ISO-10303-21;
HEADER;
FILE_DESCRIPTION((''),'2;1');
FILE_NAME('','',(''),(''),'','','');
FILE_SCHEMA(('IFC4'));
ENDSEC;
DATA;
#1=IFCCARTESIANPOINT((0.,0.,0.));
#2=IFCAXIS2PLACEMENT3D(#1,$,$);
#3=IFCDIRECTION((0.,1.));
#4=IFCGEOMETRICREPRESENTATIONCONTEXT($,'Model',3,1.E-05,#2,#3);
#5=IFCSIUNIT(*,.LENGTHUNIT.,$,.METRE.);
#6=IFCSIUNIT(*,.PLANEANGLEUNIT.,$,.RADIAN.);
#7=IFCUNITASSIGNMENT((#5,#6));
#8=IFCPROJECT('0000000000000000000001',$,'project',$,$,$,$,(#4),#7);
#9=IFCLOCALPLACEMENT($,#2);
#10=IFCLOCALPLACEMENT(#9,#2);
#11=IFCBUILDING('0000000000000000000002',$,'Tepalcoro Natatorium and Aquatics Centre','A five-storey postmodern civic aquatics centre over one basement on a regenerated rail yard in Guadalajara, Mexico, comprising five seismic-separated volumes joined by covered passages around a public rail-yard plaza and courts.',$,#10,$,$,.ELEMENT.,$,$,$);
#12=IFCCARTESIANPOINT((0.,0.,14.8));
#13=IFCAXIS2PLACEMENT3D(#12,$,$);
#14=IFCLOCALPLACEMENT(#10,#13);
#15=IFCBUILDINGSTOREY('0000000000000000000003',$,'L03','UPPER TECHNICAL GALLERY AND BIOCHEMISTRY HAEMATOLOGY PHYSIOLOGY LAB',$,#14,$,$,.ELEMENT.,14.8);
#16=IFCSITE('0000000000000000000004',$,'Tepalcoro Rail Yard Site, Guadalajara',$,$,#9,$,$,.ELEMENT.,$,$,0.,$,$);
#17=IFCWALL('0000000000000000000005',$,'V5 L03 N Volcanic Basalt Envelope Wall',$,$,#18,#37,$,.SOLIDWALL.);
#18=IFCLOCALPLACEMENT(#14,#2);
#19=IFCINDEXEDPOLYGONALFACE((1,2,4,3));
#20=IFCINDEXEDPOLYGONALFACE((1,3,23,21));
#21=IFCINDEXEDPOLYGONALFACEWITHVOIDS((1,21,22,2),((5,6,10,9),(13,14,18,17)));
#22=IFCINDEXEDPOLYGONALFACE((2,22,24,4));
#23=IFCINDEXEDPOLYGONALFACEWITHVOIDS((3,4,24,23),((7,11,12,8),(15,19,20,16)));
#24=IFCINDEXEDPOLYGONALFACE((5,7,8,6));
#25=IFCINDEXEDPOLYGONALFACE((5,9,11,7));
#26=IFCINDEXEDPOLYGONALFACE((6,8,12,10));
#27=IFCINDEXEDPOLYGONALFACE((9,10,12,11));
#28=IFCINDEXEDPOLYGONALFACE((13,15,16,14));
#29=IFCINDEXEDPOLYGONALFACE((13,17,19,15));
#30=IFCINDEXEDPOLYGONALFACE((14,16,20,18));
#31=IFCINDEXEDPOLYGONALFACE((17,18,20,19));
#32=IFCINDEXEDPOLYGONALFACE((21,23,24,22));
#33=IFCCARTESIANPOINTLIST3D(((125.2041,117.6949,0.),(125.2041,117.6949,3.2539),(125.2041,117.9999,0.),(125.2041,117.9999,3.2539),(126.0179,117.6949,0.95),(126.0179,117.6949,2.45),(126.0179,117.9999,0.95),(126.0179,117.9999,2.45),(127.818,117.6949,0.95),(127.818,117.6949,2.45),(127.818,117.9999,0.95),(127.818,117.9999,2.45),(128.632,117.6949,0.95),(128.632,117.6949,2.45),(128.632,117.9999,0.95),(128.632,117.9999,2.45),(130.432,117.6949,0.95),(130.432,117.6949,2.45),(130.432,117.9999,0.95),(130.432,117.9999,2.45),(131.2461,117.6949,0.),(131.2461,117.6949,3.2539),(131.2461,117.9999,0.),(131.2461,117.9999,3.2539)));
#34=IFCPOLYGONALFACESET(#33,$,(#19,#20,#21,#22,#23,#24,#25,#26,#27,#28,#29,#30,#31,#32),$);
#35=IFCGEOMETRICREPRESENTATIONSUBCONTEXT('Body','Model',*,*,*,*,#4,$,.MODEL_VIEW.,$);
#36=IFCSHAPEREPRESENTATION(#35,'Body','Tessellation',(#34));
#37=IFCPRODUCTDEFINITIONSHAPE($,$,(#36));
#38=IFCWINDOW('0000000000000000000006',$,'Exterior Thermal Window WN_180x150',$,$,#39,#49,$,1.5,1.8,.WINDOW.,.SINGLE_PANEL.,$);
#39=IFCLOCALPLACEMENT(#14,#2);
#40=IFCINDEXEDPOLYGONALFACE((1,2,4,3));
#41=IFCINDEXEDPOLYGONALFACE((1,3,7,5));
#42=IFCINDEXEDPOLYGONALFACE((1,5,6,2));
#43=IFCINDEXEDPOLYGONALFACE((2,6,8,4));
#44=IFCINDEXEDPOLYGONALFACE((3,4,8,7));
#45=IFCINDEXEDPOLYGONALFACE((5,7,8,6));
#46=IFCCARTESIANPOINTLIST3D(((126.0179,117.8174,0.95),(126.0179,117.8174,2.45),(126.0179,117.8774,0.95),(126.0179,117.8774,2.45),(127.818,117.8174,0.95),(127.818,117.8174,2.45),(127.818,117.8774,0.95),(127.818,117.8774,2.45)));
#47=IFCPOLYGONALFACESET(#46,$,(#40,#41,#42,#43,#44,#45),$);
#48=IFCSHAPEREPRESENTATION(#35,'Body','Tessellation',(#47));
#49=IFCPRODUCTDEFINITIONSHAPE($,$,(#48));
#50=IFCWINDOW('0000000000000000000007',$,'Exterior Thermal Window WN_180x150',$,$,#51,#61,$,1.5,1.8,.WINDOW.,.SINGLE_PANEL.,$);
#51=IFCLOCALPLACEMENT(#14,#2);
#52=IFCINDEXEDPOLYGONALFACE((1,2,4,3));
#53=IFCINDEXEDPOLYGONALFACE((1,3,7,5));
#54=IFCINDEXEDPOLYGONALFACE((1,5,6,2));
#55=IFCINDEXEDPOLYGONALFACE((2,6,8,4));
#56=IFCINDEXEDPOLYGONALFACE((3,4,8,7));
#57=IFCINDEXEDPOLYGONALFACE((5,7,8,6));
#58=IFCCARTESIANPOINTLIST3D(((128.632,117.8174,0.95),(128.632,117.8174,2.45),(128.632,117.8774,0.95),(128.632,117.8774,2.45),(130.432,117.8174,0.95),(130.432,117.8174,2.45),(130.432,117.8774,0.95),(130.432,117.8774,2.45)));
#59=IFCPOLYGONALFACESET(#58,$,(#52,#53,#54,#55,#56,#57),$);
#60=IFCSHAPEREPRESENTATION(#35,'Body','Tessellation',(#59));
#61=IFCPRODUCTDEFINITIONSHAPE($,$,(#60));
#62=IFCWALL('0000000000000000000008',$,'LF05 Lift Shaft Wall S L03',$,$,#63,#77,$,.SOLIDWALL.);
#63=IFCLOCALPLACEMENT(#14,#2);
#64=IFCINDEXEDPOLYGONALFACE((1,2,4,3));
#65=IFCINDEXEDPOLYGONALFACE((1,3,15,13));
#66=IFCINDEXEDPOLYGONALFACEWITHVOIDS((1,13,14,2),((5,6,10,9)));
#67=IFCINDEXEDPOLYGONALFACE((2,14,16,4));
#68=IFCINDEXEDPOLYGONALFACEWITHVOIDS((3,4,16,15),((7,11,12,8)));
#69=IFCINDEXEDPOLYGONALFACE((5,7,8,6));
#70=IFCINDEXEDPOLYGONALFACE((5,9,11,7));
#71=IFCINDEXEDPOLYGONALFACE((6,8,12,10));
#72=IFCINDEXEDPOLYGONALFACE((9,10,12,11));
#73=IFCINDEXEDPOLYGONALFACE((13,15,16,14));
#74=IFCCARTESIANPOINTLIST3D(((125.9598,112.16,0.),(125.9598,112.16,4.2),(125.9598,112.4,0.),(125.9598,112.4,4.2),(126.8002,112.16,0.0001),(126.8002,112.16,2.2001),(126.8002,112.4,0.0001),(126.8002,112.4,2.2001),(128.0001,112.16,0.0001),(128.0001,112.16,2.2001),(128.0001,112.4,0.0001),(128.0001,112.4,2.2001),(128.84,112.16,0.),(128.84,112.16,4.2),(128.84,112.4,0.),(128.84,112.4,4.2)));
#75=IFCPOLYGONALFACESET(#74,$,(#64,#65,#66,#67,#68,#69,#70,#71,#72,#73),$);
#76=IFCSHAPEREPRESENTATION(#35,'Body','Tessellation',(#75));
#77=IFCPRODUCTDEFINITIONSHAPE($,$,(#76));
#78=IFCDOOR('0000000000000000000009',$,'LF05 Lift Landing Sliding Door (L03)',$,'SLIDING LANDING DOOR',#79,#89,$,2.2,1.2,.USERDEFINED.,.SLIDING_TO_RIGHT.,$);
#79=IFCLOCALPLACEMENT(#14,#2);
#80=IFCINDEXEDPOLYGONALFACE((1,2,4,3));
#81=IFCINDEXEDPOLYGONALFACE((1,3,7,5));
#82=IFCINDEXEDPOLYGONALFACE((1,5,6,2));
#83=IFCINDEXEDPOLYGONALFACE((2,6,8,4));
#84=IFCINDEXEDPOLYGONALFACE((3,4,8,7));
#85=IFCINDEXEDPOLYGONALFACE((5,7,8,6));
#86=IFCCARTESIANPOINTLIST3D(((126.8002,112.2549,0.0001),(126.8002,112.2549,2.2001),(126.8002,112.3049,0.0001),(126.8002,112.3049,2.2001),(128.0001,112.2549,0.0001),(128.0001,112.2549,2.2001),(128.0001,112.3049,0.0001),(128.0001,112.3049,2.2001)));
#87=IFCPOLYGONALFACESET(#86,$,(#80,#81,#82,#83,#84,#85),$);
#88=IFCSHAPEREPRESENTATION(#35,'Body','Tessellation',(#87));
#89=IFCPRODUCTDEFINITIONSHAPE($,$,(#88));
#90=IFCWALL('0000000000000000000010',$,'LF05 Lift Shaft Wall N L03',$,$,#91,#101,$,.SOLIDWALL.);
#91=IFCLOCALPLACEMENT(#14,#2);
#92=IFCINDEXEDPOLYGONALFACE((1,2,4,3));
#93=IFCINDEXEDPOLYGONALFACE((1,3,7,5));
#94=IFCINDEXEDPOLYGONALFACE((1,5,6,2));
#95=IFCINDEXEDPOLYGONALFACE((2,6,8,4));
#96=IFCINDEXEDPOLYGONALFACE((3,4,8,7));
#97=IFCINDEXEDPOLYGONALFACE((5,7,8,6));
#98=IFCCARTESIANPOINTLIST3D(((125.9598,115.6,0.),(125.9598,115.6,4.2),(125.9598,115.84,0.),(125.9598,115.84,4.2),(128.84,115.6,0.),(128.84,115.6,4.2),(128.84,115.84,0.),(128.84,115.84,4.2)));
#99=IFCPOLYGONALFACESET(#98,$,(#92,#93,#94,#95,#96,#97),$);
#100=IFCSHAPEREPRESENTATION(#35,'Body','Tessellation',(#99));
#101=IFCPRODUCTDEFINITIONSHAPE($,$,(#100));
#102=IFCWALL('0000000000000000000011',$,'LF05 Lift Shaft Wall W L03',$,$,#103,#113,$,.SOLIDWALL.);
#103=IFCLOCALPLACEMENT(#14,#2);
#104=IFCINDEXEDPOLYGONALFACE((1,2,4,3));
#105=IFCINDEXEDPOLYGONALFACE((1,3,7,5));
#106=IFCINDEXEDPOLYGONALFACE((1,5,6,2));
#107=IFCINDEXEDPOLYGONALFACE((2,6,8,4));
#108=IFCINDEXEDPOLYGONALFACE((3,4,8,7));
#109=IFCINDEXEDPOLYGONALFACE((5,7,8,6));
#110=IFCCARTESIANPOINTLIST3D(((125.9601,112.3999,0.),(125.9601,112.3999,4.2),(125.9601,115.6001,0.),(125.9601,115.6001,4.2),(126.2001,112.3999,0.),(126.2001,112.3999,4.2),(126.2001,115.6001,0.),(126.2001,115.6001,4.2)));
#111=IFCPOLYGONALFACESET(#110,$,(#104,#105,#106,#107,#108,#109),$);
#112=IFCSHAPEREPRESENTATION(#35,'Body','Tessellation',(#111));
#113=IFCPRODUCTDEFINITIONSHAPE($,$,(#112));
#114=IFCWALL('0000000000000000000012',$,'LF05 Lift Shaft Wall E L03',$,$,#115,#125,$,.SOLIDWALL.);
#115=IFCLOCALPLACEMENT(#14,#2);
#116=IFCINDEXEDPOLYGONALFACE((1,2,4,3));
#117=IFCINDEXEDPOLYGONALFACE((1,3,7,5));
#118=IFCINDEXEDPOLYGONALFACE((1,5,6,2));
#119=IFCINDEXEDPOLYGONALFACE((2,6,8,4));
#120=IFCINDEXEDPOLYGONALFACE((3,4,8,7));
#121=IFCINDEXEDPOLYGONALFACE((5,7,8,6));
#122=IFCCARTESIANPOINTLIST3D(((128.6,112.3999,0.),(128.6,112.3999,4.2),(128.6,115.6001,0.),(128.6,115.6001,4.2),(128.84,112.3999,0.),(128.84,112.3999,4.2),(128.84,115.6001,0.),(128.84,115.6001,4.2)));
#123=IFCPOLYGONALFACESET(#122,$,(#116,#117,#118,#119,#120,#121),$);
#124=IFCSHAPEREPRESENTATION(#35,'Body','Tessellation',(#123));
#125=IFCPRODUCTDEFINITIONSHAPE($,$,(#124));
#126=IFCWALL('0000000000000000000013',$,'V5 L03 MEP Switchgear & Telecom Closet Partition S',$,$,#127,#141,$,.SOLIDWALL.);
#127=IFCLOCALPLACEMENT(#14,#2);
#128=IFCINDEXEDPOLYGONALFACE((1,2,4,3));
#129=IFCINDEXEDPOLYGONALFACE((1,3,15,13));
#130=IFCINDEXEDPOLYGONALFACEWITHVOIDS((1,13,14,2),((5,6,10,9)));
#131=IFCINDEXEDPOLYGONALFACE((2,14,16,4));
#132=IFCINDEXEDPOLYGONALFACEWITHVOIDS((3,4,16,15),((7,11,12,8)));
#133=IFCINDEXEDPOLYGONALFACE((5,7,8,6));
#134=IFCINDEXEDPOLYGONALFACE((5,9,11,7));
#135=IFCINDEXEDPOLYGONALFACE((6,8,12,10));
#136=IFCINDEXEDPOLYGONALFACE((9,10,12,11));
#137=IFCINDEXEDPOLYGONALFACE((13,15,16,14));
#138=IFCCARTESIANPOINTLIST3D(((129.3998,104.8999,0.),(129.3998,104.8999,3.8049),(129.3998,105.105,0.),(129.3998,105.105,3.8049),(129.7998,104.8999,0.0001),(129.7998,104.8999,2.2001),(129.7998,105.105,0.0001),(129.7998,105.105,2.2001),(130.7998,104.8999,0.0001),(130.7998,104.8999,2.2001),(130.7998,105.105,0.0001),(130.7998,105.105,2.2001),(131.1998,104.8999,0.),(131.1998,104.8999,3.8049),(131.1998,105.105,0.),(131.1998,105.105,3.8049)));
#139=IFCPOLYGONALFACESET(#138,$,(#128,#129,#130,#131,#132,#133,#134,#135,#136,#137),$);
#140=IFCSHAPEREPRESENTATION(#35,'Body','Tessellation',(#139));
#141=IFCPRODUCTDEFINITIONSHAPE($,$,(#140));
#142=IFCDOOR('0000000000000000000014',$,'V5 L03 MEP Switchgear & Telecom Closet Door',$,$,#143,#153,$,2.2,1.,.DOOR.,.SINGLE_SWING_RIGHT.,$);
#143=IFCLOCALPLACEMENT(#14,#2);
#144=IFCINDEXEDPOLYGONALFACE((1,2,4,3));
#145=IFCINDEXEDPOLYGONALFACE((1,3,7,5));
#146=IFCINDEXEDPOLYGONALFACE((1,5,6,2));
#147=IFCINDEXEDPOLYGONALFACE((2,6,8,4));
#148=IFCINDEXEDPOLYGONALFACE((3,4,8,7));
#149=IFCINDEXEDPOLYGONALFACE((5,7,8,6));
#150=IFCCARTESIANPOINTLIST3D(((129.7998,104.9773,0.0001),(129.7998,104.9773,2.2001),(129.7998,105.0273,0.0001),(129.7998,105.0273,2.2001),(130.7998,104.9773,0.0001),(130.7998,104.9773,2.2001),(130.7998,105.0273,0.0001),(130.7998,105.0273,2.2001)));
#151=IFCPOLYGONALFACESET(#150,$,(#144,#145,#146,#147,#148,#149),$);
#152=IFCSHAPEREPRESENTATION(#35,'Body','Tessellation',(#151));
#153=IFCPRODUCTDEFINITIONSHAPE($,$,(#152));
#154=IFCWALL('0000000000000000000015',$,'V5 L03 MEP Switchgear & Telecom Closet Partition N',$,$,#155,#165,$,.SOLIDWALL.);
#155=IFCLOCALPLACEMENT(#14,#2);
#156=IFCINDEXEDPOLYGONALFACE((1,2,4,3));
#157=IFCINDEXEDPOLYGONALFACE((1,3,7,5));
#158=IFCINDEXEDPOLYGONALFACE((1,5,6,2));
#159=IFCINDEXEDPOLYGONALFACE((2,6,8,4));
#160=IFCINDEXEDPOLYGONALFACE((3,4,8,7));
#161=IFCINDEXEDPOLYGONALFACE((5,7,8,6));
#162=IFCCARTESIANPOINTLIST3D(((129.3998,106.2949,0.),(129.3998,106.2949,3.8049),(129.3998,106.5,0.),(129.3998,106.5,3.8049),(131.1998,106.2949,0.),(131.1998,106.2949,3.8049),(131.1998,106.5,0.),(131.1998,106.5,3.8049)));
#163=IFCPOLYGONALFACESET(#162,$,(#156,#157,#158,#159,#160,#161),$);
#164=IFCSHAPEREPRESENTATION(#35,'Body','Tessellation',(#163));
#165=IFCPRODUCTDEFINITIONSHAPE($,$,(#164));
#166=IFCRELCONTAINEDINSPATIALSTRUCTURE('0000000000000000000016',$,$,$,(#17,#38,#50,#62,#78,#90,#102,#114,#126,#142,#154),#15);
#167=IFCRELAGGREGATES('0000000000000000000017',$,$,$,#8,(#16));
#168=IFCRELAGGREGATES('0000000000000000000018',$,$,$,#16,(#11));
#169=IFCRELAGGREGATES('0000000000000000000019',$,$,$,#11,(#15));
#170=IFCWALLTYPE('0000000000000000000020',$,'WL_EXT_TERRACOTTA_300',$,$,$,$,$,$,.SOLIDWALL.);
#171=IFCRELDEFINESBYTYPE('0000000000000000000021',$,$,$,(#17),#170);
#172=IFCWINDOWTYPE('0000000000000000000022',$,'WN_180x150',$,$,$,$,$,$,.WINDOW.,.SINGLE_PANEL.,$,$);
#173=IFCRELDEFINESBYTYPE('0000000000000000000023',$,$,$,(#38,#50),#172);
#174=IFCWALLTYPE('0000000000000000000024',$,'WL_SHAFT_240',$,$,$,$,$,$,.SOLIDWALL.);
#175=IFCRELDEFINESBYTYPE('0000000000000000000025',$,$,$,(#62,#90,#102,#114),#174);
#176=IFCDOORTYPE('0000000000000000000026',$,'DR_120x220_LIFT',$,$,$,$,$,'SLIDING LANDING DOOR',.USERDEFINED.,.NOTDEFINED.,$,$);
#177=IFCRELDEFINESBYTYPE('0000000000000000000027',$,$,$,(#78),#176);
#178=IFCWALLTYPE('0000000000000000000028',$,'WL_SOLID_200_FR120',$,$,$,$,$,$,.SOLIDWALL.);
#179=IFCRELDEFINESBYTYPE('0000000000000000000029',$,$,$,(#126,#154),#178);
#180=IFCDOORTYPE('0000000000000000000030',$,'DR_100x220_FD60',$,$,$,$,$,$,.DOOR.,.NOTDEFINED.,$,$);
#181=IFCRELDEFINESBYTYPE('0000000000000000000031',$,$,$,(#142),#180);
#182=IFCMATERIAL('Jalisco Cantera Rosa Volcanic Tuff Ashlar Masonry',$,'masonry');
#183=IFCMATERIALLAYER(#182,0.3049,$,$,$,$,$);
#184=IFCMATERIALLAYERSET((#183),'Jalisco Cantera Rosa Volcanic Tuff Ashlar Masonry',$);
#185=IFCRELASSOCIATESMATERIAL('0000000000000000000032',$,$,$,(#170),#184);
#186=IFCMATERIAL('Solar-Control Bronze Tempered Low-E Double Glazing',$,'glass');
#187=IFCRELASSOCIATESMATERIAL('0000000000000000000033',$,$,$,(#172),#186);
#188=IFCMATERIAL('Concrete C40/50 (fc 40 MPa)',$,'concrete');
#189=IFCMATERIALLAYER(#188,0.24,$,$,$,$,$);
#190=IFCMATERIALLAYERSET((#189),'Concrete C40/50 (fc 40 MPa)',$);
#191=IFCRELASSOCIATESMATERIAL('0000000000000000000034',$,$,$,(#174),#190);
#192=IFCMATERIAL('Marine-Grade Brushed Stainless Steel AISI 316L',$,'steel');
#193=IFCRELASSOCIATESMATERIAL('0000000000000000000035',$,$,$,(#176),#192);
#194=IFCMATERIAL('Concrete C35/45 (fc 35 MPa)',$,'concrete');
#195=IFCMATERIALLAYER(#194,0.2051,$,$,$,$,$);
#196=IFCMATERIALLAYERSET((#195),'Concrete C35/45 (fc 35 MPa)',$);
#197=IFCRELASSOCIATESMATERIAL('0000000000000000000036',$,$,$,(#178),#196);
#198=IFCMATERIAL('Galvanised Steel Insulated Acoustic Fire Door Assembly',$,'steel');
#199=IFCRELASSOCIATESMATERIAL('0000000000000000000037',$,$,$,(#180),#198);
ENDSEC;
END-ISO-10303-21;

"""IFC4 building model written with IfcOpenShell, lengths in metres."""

from ifc_helpers import new_model, si_unit, direction, frame, frame_2d, origin, place, context, subcontext, project, spatial, rectangle, extrude, material, layer, layer_set, type_object, element, fill, save


model = new_model("IFC4")

# Units and contexts
model_context = context("Model", 3, precision=1e-05, world=origin(), true_north=direction((0.0, 1.0)))
body_context = subcontext(model_context, "Body", "Model", "MODEL_VIEW")
ifc_project = project(units=[si_unit("LENGTHUNIT", "METRE"), si_unit("PLANEANGLEUNIT", "RADIAN")], contexts=[model_context])

# Site, building, storey
site_placement = place(None, origin())
site = spatial("IfcSite", under=ifc_project, at=site_placement, Name="Tepalcoro Rail Yard Site, Guadalajara", CompositionType="ELEMENT", RefElevation=0.0)
building_placement = place(site_placement, origin())
building = spatial("IfcBuilding", under=site, at=building_placement, Name="Tepalcoro Natatorium and Aquatics Centre", Description="A five-storey postmodern civic aquatics centre over one basement on a regenerated rail yard in Guadalajara, Mexico, comprising five seismic-separated volumes joined by covered passages around a public rail-yard plaza and courts.", CompositionType="ELEMENT")
storey_placement = place(building_placement, frame((0.0, 0.0, 14.8)))
storey = spatial("IfcBuildingStorey", under=building, at=storey_placement, Name="L03", Description="UPPER TECHNICAL GALLERY AND BIOCHEMISTRY HAEMATOLOGY PHYSIOLOGY LAB", CompositionType="ELEMENT", Elevation=14.8)

# Shared definitions
ifc_material_1 = material(Name="Concrete C40/50 (fc 40 MPa)", Category="concrete")

# Shared definitions
ifc_material_2 = material(Name="Solar-Control Bronze Tempered Low-E Double Glazing", Category="glass")

# Wall, openings, windows
ifc_material_3 = material(Name="Jalisco Cantera Rosa Volcanic Tuff Ashlar Masonry", Category="masonry")
ifc_layer_1 = layer(ifc_material_3, 0.3049)
ifc_layer_set_1 = layer_set([ifc_layer_1], Name="Jalisco Cantera Rosa Volcanic Tuff Ashlar Masonry")
wall_type_1 = type_object("IfcWallType", Name="WL_EXT_TERRACOTTA_300", PredefinedType="SOLIDWALL", material=ifc_layer_set_1)
wall_1_placement = place(storey_placement, frame((125.2041, 117.8474, 0.0), z_axis=(0.0, 0.0, 1.0), x_axis=(1.0, 0.0, 0.0)))
wall_1 = element("IfcWall", 1, at=wall_1_placement, inside=storey, type_object=wall_type_1, Name="V5 L03 N Volcanic Basalt Envelope Wall", PredefinedType="SOLIDWALL", context=body_context, shape_type="SweptSolid", body=[
    extrude(rectangle(XDim=6.042, YDim=0.3049, at=frame_2d((3.021, 0.0))), origin(), (0.0, 0.0, 1.0), 3.2539),
])
opening_1_placement = place(wall_1_placement, frame((0.814, 0.0, 0.95)))
opening_1 = element("IfcOpeningElement", 2, at=opening_1_placement, cuts=wall_1, PredefinedType="OPENING", context=body_context, shape_type="SweptSolid", body=[
    extrude(rectangle(XDim=1.8, YDim=1.5, at=frame_2d((0.8999, 0.75))), frame((0.0, 0.1646, 0.0), z_axis=(0.0, -1.0, 0.0), x_axis=(1.0, 0.0, 0.0)), (0.0, 0.0, 1.0), 0.3289),
])
opening_2_placement = place(wall_1_placement, frame((3.428, 0.0, 0.95)))
opening_2 = element("IfcOpeningElement", 3, at=opening_2_placement, cuts=wall_1, PredefinedType="OPENING", context=body_context, shape_type="SweptSolid", body=[
    extrude(rectangle(XDim=1.8, YDim=1.5, at=frame_2d((0.8999, 0.75))), frame((0.0, 0.1646, 0.0), z_axis=(0.0, -1.0, 0.0), x_axis=(1.0, 0.0, 0.0)), (0.0, 0.0, 1.0), 0.3289),
])
window_type = type_object("IfcWindowType", Name="WN_180x150", PartitioningType="SINGLE_PANEL", PredefinedType="WINDOW", material=ifc_material_2)
window_1_placement = place(opening_1_placement, origin())
window_1 = element("IfcWindow", 4, at=window_1_placement, inside=storey, type_object=window_type, Name="Exterior Thermal Window WN_180x150", OverallHeight=1.5, OverallWidth=1.8, PartitioningType="SINGLE_PANEL", PredefinedType="WINDOW", context=body_context, shape_type="SweptSolid", body=[
    extrude(rectangle(XDim=1.8, YDim=1.5, at=frame_2d((0.8999, 0.75))), frame((0.0, 0.03, 0.0), z_axis=(0.0, -1.0, 0.0), x_axis=(1.0, 0.0, 0.0)), (0.0, 0.0, 1.0), 0.0601),
])
fill(opening_1, window_1)
window_2_placement = place(opening_2_placement, origin())
window_2 = element("IfcWindow", 5, at=window_2_placement, inside=storey, type_object=window_type, Name="Exterior Thermal Window WN_180x150", OverallHeight=1.5, OverallWidth=1.8, PartitioningType="SINGLE_PANEL", PredefinedType="WINDOW", context=body_context, shape_type="SweptSolid", body=[
    extrude(rectangle(XDim=1.8, YDim=1.5, at=frame_2d((0.8999, 0.75))), frame((0.0, 0.03, 0.0), z_axis=(0.0, -1.0, 0.0), x_axis=(1.0, 0.0, 0.0)), (0.0, 0.0, 1.0), 0.0601),
])
fill(opening_2, window_2)

# Wall, opening, door
ifc_layer_2 = layer(ifc_material_1, 0.24)
ifc_layer_set_2 = layer_set([ifc_layer_2], Name="Concrete C40/50 (fc 40 MPa)")
wall_type_2 = type_object("IfcWallType", Name="WL_SHAFT_240", PredefinedType="SOLIDWALL", material=ifc_layer_set_2)
wall_2_placement = place(storey_placement, frame((125.96, 112.28, 0.0), z_axis=(0.0, 0.0, 1.0), x_axis=(1.0, 0.0, 0.0)))
wall_2 = element("IfcWall", 6, at=wall_2_placement, inside=storey, type_object=wall_type_2, Name="LF05 Lift Shaft Wall S L03", PredefinedType="SOLIDWALL", context=body_context, shape_type="SweptSolid", body=[
    extrude(rectangle(XDim=2.8801, YDim=0.24, at=frame_2d((1.4399, 0.0))), origin(), (0.0, 0.0, 1.0), 4.2),
])
opening_3_placement = place(wall_2_placement, frame((0.8401, 0.0, 0.0)))
opening_3 = element("IfcOpeningElement", 7, at=opening_3_placement, cuts=wall_2, PredefinedType="OPENING", context=body_context, shape_type="SweptSolid", body=[
    extrude(rectangle(XDim=1.2, YDim=2.2, at=frame_2d((0.6001, 1.1001))), frame((0.0, 0.1318, 0.0), z_axis=(0.0, -1.0, 0.0), x_axis=(1.0, 0.0, 0.0)), (0.0, 0.0, 1.0), 0.2639),
])
ifc_material_4 = material(Name="Marine-Grade Brushed Stainless Steel AISI 316L", Category="steel")
door_type_1 = type_object("IfcDoorType", Name="DR_120x220_LIFT", ElementType="SLIDING LANDING DOOR", OperationType="NOTDEFINED", PredefinedType="USERDEFINED", material=ifc_material_4)
door_1_placement = place(opening_3_placement, origin())
door_1 = element("IfcDoor", 8, at=door_1_placement, inside=storey, type_object=door_type_1, Name="LF05 Lift Landing Sliding Door (L03)", ObjectType="SLIDING LANDING DOOR", OperationType="SLIDING_TO_RIGHT", OverallHeight=2.2, OverallWidth=1.2, PredefinedType="USERDEFINED", context=body_context, shape_type="SweptSolid", body=[
    extrude(rectangle(XDim=1.2, YDim=2.2, at=frame_2d((0.6001, 1.1001))), frame((0.0, 0.0249, 0.0), z_axis=(0.0, -1.0, 0.0), x_axis=(1.0, 0.0, 0.0)), (0.0, 0.0, 1.0), 0.05),
])
fill(opening_3, door_1)

# Walls
wall_3_placement = place(storey_placement, frame((125.96, 115.72, 0.0), z_axis=(0.0, 0.0, 1.0), x_axis=(1.0, 0.0, 0.0)))
element("IfcWall", 9, at=wall_3_placement, inside=storey, type_object=wall_type_2, Name="LF05 Lift Shaft Wall N L03", PredefinedType="SOLIDWALL", context=body_context, shape_type="SweptSolid", body=[
    extrude(rectangle(XDim=2.8801, YDim=0.24, at=frame_2d((1.4399, 0.0))), origin(), (0.0, 0.0, 1.0), 4.2),
])
for number, where, z_axis, x_axis, name in (
    (10, (126.0801, 112.3999, 0.0), (0.0, 0.0, 1.0), (0.0, 1.0, 0.0), "LF05 Lift Shaft Wall W L03"),
    (11, (128.72, 112.3999, 0.0), (0.0, 0.0, 1.0), (0.0, 1.0, 0.0), "LF05 Lift Shaft Wall E L03"),
):
    element("IfcWall", number, at=place(storey_placement, frame(where, z_axis=z_axis, x_axis=x_axis)), inside=storey, type_object=wall_type_2, Name=name, PredefinedType="SOLIDWALL", context=body_context, shape_type="SweptSolid", body=[
        extrude(rectangle(XDim=3.2002, YDim=0.24, at=frame_2d((1.6001, 0.0))), origin(), (0.0, 0.0, 1.0), 4.2),
    ])

# Wall, opening, door
ifc_material_5 = material(Name="Concrete C35/45 (fc 35 MPa)", Category="concrete")
ifc_layer_3 = layer(ifc_material_5, 0.2051)
ifc_layer_set_3 = layer_set([ifc_layer_3], Name="Concrete C35/45 (fc 35 MPa)")
wall_type_3 = type_object("IfcWallType", Name="WL_SOLID_200_FR120", PredefinedType="SOLIDWALL", material=ifc_layer_set_3)
wall_4_placement = place(storey_placement, frame((129.3999, 105.0024, 0.0), z_axis=(0.0, 0.0, 1.0), x_axis=(1.0, 0.0, 0.0)))
wall_4 = element("IfcWall", 12, at=wall_4_placement, inside=storey, type_object=wall_type_3, Name="V5 L03 MEP Switchgear & Telecom Closet Partition S", PredefinedType="SOLIDWALL", context=body_context, shape_type="SweptSolid", body=[
    extrude(rectangle(XDim=1.8, YDim=0.2051, at=frame_2d((0.8999, 0.0))), origin(), (0.0, 0.0, 1.0), 3.8049),
])
opening_4_placement = place(wall_4_placement, frame((0.3999, 0.0, 0.0)))
opening_4 = element("IfcOpeningElement", 13, at=opening_4_placement, cuts=wall_4, PredefinedType="OPENING", context=body_context, shape_type="SweptSolid", body=[
    extrude(rectangle(XDim=1.0, YDim=2.2, at=frame_2d((0.5, 1.1001))), frame((0.0, 0.1145, 0.0), z_axis=(0.0, -1.0, 0.0), x_axis=(1.0, 0.0, 0.0)), (0.0, 0.0, 1.0), 0.229),
])
ifc_material_6 = material(Name="Galvanised Steel Insulated Acoustic Fire Door Assembly", Category="steel")
door_type_2 = type_object("IfcDoorType", Name="DR_100x220_FD60", OperationType="NOTDEFINED", PredefinedType="DOOR", material=ifc_material_6)
door_2_placement = place(opening_4_placement, origin())
door_2 = element("IfcDoor", 14, at=door_2_placement, inside=storey, type_object=door_type_2, Name="V5 L03 MEP Switchgear & Telecom Closet Door", OperationType="SINGLE_SWING_RIGHT", OverallHeight=2.2, OverallWidth=1.0, PredefinedType="DOOR", context=body_context, shape_type="SweptSolid", body=[
    extrude(rectangle(XDim=1.0, YDim=2.2, at=frame_2d((0.5, 1.1001))), frame((0.0, 0.0249, 0.0), z_axis=(0.0, -1.0, 0.0), x_axis=(1.0, 0.0, 0.0)), (0.0, 0.0, 1.0), 0.05),
])
fill(opening_4, door_2)

# Wall
wall_5_placement = place(storey_placement, frame((129.3999, 106.3975, 0.0), z_axis=(0.0, 0.0, 1.0), x_axis=(1.0, 0.0, 0.0)))
element("IfcWall", 15, at=wall_5_placement, inside=storey, type_object=wall_type_3, Name="V5 L03 MEP Switchgear & Telecom Closet Partition N", PredefinedType="SOLIDWALL", context=body_context, shape_type="SweptSolid", body=[
    extrude(rectangle(XDim=1.8, YDim=0.2051, at=frame_2d((0.8999, 0.0))), origin(), (0.0, 0.0, 1.0), 3.8049),
])

save(model, "model.ifc")
